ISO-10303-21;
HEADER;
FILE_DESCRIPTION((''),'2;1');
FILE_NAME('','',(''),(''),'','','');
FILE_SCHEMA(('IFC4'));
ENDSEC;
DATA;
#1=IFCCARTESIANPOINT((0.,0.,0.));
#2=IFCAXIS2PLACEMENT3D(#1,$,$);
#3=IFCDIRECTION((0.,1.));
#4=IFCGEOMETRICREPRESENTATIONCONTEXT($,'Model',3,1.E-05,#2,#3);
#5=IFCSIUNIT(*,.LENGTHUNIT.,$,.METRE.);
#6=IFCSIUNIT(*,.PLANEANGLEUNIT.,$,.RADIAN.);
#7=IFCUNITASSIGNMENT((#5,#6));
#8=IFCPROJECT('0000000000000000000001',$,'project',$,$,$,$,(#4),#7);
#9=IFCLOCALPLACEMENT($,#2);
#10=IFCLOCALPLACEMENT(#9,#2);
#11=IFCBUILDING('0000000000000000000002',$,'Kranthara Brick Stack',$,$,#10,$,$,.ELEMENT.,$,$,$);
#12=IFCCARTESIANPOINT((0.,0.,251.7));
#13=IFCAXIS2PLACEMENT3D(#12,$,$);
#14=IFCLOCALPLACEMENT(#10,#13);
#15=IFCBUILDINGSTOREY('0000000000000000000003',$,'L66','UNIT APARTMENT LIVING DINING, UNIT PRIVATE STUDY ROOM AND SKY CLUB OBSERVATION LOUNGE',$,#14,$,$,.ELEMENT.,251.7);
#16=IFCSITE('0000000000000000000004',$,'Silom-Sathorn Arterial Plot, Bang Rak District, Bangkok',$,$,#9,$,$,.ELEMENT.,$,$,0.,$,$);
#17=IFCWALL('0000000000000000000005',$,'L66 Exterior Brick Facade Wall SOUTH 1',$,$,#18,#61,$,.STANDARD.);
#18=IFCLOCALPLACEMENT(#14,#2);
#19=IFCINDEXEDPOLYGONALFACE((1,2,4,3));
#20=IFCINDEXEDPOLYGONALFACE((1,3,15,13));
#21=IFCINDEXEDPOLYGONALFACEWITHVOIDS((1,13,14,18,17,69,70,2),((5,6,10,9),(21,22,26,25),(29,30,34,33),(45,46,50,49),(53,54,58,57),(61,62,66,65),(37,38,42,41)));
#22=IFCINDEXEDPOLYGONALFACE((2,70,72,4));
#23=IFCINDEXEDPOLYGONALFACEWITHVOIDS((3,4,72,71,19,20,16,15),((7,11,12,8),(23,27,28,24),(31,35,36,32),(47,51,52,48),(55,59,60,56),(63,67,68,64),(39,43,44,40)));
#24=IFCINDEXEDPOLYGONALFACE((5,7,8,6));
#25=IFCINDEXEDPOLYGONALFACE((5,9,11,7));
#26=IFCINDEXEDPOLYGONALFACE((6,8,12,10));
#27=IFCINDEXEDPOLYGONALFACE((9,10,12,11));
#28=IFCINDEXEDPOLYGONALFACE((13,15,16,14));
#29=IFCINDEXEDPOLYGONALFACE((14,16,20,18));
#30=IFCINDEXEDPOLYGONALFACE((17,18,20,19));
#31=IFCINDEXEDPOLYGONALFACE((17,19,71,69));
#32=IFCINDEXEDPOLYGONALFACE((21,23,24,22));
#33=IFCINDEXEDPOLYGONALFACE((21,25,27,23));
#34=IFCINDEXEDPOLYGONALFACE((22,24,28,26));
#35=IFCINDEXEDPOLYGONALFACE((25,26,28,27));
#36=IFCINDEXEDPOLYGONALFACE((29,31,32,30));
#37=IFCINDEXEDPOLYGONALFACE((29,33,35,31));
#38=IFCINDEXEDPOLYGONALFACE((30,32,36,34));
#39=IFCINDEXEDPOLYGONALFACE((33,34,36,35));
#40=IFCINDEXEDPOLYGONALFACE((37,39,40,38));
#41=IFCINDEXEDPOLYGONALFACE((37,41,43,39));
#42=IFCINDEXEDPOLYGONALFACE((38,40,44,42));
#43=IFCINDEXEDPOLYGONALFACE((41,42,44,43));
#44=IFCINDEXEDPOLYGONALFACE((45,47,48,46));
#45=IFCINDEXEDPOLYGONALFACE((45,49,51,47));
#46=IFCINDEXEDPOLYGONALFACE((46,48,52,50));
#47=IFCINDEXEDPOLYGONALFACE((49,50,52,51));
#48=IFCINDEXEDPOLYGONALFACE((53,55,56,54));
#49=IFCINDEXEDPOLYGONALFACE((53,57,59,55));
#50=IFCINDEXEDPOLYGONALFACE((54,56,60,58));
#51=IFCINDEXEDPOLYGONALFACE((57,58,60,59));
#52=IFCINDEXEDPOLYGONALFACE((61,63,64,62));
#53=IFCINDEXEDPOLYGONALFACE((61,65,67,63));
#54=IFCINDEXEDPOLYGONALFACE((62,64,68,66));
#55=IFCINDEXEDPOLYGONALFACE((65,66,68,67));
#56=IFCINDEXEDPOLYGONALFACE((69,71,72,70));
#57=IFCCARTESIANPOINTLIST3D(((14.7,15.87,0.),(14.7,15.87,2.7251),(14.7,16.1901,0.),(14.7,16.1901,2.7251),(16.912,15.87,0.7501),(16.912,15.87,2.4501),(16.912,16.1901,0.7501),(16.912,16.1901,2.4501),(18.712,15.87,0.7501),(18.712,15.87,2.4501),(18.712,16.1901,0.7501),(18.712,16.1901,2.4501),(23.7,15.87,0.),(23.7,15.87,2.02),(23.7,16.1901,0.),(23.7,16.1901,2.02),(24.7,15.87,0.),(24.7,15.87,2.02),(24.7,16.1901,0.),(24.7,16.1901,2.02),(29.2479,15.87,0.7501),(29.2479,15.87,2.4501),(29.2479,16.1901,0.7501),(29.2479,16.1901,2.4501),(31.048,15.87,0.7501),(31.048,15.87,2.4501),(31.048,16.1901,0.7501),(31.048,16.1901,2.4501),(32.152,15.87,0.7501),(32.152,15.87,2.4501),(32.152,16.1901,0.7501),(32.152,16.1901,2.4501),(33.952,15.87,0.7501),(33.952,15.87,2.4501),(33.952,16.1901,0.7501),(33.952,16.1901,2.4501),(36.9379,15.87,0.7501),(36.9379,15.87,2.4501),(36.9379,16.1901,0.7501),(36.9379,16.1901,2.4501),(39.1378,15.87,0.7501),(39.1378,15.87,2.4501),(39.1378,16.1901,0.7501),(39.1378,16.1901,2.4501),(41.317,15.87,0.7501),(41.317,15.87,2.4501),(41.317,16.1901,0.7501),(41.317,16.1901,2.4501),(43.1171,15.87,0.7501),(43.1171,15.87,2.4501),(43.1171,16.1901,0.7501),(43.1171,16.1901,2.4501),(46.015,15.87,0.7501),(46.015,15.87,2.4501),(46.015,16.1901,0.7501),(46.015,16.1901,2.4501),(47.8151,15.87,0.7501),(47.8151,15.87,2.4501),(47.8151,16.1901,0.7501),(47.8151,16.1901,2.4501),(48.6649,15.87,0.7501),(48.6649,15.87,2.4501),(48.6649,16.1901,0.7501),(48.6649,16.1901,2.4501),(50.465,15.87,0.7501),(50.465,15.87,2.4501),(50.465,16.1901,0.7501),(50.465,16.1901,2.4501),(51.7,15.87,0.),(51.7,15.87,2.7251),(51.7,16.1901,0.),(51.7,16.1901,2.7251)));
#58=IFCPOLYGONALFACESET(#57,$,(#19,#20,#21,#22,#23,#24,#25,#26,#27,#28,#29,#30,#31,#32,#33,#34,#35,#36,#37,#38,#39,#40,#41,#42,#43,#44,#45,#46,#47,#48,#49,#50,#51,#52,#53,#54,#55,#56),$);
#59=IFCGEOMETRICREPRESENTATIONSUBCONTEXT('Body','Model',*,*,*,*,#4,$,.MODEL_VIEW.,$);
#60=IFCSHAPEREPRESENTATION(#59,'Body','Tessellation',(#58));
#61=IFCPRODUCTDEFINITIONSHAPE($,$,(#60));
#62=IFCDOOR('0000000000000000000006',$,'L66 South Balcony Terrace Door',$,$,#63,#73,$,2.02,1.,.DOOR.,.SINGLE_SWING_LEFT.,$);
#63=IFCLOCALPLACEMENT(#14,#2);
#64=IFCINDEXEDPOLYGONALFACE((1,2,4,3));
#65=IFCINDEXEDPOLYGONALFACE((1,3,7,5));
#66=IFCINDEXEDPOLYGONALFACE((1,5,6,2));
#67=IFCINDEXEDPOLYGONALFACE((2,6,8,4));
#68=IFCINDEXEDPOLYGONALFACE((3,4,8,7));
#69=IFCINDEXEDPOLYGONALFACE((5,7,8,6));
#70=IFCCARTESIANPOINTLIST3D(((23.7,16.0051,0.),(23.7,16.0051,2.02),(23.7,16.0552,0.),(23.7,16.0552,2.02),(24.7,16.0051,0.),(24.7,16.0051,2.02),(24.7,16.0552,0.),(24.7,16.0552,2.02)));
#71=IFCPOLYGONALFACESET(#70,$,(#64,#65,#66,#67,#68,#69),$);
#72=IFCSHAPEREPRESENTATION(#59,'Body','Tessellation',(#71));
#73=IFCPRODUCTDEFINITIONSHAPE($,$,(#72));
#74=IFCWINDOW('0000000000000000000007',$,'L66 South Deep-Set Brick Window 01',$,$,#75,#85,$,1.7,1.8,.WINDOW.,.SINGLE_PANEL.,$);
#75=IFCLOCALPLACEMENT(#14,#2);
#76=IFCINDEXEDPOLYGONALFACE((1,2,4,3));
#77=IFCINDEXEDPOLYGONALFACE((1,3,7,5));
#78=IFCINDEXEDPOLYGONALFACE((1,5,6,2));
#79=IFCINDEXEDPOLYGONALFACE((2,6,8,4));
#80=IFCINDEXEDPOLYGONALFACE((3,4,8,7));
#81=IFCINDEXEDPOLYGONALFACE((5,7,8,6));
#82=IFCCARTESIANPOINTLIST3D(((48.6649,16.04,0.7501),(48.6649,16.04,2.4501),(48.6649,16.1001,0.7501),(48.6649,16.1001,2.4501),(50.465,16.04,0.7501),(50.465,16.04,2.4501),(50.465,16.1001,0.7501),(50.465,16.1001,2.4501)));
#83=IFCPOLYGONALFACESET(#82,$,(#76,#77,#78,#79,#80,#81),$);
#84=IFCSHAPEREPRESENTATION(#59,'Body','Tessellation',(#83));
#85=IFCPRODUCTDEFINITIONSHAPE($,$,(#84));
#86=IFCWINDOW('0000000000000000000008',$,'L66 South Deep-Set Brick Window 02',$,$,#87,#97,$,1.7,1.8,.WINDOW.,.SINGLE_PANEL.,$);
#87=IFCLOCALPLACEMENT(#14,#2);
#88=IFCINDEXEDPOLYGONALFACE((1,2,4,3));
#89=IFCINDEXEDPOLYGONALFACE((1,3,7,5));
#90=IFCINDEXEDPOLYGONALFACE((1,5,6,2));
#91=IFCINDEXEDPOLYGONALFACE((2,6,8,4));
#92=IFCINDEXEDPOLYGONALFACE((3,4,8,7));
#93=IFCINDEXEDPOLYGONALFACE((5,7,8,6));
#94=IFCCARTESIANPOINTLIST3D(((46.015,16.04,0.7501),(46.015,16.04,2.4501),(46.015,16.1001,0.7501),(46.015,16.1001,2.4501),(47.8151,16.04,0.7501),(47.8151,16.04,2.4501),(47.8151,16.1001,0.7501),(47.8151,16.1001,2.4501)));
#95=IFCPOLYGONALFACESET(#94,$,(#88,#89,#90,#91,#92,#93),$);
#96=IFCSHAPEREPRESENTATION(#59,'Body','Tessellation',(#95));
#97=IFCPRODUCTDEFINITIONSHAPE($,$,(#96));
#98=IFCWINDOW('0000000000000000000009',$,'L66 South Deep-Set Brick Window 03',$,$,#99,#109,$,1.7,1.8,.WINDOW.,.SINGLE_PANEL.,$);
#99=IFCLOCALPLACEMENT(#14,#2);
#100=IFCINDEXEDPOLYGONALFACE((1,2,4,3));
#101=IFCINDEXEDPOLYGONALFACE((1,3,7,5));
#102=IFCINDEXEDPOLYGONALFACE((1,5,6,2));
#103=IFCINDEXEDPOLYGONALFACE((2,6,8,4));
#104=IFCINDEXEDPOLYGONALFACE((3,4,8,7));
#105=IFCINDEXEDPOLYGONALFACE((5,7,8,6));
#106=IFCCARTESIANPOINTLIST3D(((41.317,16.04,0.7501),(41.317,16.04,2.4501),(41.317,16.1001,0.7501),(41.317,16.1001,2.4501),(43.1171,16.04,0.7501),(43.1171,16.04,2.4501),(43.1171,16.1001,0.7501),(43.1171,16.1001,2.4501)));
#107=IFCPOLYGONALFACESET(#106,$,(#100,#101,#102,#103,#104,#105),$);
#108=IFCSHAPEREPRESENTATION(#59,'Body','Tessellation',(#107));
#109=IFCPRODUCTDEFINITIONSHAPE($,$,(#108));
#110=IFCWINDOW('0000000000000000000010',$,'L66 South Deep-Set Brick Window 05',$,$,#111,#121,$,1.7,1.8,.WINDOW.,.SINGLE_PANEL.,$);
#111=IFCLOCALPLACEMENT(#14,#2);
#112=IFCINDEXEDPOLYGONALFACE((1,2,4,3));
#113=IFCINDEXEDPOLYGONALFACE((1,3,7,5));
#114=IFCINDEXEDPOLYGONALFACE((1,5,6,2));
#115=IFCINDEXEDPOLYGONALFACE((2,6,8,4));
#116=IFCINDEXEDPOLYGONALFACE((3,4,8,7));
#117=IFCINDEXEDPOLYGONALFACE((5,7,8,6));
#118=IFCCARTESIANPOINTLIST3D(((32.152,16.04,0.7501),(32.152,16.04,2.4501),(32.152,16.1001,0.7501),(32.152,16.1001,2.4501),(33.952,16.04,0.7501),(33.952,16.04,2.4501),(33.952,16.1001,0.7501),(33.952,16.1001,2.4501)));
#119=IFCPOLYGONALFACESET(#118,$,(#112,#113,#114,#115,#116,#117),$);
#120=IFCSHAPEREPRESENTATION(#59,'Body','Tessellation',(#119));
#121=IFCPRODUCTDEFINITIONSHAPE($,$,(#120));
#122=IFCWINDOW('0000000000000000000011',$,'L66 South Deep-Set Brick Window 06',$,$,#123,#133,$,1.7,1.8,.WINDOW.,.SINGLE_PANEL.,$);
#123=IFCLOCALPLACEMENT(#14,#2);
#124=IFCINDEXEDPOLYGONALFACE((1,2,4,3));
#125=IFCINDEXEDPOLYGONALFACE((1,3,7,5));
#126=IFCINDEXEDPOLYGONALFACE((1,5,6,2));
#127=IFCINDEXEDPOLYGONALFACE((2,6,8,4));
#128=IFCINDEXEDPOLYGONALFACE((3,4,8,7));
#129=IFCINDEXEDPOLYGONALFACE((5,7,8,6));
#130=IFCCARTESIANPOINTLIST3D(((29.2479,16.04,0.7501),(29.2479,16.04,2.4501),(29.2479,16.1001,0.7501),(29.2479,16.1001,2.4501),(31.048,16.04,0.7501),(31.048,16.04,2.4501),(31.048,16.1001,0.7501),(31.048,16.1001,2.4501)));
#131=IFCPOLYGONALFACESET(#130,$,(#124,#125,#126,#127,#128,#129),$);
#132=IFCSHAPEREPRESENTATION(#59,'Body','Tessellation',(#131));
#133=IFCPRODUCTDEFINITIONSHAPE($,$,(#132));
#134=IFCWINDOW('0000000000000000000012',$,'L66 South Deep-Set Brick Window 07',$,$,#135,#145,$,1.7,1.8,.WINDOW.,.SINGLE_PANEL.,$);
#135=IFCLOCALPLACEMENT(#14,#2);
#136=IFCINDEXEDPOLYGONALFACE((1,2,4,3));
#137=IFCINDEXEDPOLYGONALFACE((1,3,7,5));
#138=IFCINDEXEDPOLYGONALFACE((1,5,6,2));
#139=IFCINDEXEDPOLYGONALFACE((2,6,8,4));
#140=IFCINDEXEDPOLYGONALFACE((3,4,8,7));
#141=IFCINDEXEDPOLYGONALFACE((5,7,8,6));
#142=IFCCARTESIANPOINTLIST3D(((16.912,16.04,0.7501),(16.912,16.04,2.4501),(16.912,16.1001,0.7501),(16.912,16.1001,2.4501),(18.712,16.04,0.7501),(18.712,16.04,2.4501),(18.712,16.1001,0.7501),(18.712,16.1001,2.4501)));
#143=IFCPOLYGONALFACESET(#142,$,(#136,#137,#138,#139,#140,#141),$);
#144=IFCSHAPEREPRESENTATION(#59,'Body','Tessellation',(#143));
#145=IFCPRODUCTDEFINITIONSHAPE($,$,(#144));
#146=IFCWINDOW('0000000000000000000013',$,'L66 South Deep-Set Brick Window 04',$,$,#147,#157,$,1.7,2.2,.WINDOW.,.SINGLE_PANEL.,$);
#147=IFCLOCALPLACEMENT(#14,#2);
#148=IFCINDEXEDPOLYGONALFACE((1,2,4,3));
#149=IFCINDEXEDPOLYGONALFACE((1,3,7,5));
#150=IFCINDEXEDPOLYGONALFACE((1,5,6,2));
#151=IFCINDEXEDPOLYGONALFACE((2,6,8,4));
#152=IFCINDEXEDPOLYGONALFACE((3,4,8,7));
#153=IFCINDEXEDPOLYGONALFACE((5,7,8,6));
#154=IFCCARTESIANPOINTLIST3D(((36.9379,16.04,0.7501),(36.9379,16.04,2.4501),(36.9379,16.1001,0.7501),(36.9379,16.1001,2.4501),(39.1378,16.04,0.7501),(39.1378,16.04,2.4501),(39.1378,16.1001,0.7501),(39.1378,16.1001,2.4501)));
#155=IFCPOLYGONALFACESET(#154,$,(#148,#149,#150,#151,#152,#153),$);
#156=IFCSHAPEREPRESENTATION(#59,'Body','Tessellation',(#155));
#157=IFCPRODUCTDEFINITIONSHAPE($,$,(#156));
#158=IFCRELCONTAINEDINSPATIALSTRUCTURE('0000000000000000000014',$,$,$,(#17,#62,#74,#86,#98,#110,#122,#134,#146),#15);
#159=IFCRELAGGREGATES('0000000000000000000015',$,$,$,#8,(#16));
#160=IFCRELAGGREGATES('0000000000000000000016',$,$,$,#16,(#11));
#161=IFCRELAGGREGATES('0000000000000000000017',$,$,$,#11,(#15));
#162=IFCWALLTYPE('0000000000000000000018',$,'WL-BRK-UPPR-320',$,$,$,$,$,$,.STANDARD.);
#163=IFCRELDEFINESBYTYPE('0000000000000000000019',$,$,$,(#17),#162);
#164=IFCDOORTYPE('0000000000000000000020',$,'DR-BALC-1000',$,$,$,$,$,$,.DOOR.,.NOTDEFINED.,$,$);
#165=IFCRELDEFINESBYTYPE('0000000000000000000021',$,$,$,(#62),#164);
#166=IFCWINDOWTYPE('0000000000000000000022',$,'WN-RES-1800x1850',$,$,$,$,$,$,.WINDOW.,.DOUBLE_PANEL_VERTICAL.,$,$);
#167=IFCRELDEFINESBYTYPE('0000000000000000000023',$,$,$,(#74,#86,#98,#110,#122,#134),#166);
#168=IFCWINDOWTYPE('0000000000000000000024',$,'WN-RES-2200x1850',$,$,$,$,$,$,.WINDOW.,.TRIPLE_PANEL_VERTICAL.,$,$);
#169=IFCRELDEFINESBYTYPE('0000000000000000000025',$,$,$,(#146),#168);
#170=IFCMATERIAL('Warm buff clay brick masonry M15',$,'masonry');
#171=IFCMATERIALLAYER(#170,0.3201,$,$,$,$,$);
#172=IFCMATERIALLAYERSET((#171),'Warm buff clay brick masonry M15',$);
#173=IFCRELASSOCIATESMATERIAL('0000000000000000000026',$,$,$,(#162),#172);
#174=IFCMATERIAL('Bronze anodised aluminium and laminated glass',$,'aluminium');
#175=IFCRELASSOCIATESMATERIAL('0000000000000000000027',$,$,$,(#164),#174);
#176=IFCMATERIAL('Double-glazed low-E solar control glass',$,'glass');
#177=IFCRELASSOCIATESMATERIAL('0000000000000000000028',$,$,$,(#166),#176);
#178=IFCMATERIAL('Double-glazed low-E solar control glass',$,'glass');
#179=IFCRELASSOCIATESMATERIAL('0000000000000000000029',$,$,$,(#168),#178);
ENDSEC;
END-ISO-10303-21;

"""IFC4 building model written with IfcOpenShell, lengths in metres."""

from ifc_helpers import new_model, si_unit, direction, frame, frame_2d, origin, place, context, subcontext, project, spatial, rectangle, extrude, material, layer, layer_set, type_object, element, fill, save


model = new_model("IFC4")

# Units and contexts
model_context = context("Model", 3, precision=1e-05, world=origin(), true_north=direction((0.0, 1.0)))
body_context = subcontext(model_context, "Body", "Model", "MODEL_VIEW")
ifc_project = project(units=[si_unit("LENGTHUNIT", "METRE"), si_unit("PLANEANGLEUNIT", "RADIAN")], contexts=[model_context])

# Site, building, storey
site_placement = place(None, origin())
site = spatial("IfcSite", under=ifc_project, at=site_placement, Name="Silom-Sathorn Arterial Plot, Bang Rak District, Bangkok", CompositionType="ELEMENT", RefElevation=0.0)
building_placement = place(site_placement, origin())
building = spatial("IfcBuilding", under=site, at=building_placement, Name="Kranthara Brick Stack", CompositionType="ELEMENT")
storey_placement = place(building_placement, frame((0.0, 0.0, 251.7)))
storey = spatial("IfcBuildingStorey", under=building, at=storey_placement, Name="L66", Description="UNIT APARTMENT LIVING DINING, UNIT PRIVATE STUDY ROOM AND SKY CLUB OBSERVATION LOUNGE", CompositionType="ELEMENT", Elevation=251.7)

# Wall, openings, door, windows
ifc_material_1 = material(Name="Warm buff clay brick masonry M15", Category="masonry")
ifc_layer_1 = layer(ifc_material_1, 0.3201)
ifc_layer_set_1 = layer_set([ifc_layer_1], Name="Warm buff clay brick masonry M15")
wall_type_1 = type_object("IfcWallType", Name="WL-BRK-UPPR-320", PredefinedType="STANDARD", material=ifc_layer_set_1)
wall_1_placement = place(storey_placement, frame((51.7, 16.03, 0.0), z_axis=(0.0, 0.0, 1.0), x_axis=(-1.0, 0.0, 0.0)))
wall_1 = element("IfcWall", 1, at=wall_1_placement, inside=storey, type_object=wall_type_1, Name="L66 Exterior Brick Facade Wall SOUTH 1", PredefinedType="STANDARD", context=body_context, shape_type="SweptSolid", body=[
    extrude(rectangle(XDim=37.0, YDim=0.3201, at=frame_2d((18.5, 0.0))), origin(), (0.0, 0.0, 1.0), 2.7251),
])
opening_1_placement = place(wall_1_placement, frame((27.0, 0.0, 0.0)))
opening_1 = element("IfcOpeningElement", 2, at=opening_1_placement, cuts=wall_1, PredefinedType="OPENING", context=body_context, shape_type="SweptSolid", body=[
    extrude(rectangle(XDim=1.0, YDim=2.02, at=frame_2d((0.5, 1.01))), frame((0.0, 0.1699, 0.0), z_axis=(0.0, -1.0, 0.0), x_axis=(1.0, 0.0, 0.0)), (0.0, 0.0, 1.0), 0.3401),
])
opening_2_placement = place(wall_1_placement, frame((1.2351, 0.0, 0.75)))
opening_2 = element("IfcOpeningElement", 3, at=opening_2_placement, cuts=wall_1, PredefinedType="OPENING", context=body_context, shape_type="SweptSolid", body=[
    extrude(rectangle(XDim=1.8, YDim=1.7, at=frame_2d((0.8999, 0.8501))), frame((0.0, 0.1699, 0.0), z_axis=(0.0, -1.0, 0.0), x_axis=(1.0, 0.0, 0.0)), (0.0, 0.0, 1.0), 0.3401),
])
opening_3_placement = place(wall_1_placement, frame((3.885, 0.0, 0.75)))
opening_3 = element("IfcOpeningElement", 4, at=opening_3_placement, cuts=wall_1, PredefinedType="OPENING", context=body_context, shape_type="SweptSolid", body=[
    extrude(rectangle(XDim=1.8, YDim=1.7, at=frame_2d((0.8999, 0.8501))), frame((0.0, 0.1699, 0.0), z_axis=(0.0, -1.0, 0.0), x_axis=(1.0, 0.0, 0.0)), (0.0, 0.0, 1.0), 0.3401),
])
opening_4_placement = place(wall_1_placement, frame((8.583, 0.0, 0.75)))
opening_4 = element("IfcOpeningElement", 5, at=opening_4_placement, cuts=wall_1, PredefinedType="OPENING", context=body_context, shape_type="SweptSolid", body=[
    extrude(rectangle(XDim=1.8, YDim=1.7, at=frame_2d((0.8999, 0.8501))), frame((0.0, 0.1699, 0.0), z_axis=(0.0, -1.0, 0.0), x_axis=(1.0, 0.0, 0.0)), (0.0, 0.0, 1.0), 0.3401),
])
opening_5_placement = place(wall_1_placement, frame((12.562, 0.0, 0.75)))
opening_5 = element("IfcOpeningElement", 6, at=opening_5_placement, cuts=wall_1, PredefinedType="OPENING", context=body_context, shape_type="SweptSolid", body=[
    extrude(rectangle(XDim=2.2, YDim=1.7, at=frame_2d((1.1001, 0.8501))), frame((0.0, 0.1699, 0.0), z_axis=(0.0, -1.0, 0.0), x_axis=(1.0, 0.0, 0.0)), (0.0, 0.0, 1.0), 0.3401),
])
opening_6_placement = place(wall_1_placement, frame((17.748, 0.0, 0.75)))
opening_6 = element("IfcOpeningElement", 7, at=opening_6_placement, cuts=wall_1, PredefinedType="OPENING", context=body_context, shape_type="SweptSolid", body=[
    extrude(rectangle(XDim=1.8, YDim=1.7, at=frame_2d((0.8999, 0.8501))), frame((0.0, 0.1699, 0.0), z_axis=(0.0, -1.0, 0.0), x_axis=(1.0, 0.0, 0.0)), (0.0, 0.0, 1.0), 0.3401),
])
opening_7_placement = place(wall_1_placement, frame((20.6521, 0.0, 0.75)))
opening_7 = element("IfcOpeningElement", 8, at=opening_7_placement, cuts=wall_1, PredefinedType="OPENING", context=body_context, shape_type="SweptSolid", body=[
    extrude(rectangle(XDim=1.8, YDim=1.7, at=frame_2d((0.8999, 0.8501))), frame((0.0, 0.1699, 0.0), z_axis=(0.0, -1.0, 0.0), x_axis=(1.0, 0.0, 0.0)), (0.0, 0.0, 1.0), 0.3401),
])
opening_8_placement = place(wall_1_placement, frame((32.988, 0.0, 0.75)))
opening_8 = element("IfcOpeningElement", 9, at=opening_8_placement, cuts=wall_1, PredefinedType="OPENING", context=body_context, shape_type="SweptSolid", body=[
    extrude(rectangle(XDim=1.8, YDim=1.7, at=frame_2d((0.8999, 0.8501))), frame((0.0, 0.1699, 0.0), z_axis=(0.0, -1.0, 0.0), x_axis=(1.0, 0.0, 0.0)), (0.0, 0.0, 1.0), 0.3401),
])
ifc_material_2 = material(Name="Bronze anodised aluminium and laminated glass", Category="aluminium")
door_type_1 = type_object("IfcDoorType", Name="DR-BALC-1000", OperationType="NOTDEFINED", PredefinedType="DOOR", material=ifc_material_2)
door_1_placement = place(opening_1_placement, origin())
door_1 = element("IfcDoor", 10, at=door_1_placement, inside=storey, type_object=door_type_1, Name="L66 South Balcony Terrace Door", OperationType="SINGLE_SWING_LEFT", OverallHeight=2.02, OverallWidth=1.0, PredefinedType="DOOR", context=body_context, shape_type="SweptSolid", body=[
    extrude(rectangle(XDim=1.0, YDim=2.02, at=frame_2d((0.5, 1.01))), frame((0.0, 0.0249, 0.0), z_axis=(0.0, -1.0, 0.0), x_axis=(1.0, 0.0, 0.0)), (0.0, 0.0, 1.0), 0.05),
])
fill(opening_1, door_1)
ifc_material_3 = material(Name="Double-glazed low-E solar control glass", Category="glass")
window_type_1 = type_object("IfcWindowType", Name="WN-RES-1800x1850", PartitioningType="DOUBLE_PANEL_VERTICAL", PredefinedType="WINDOW", material=ifc_material_3)
window_1_placement = place(opening_2_placement, origin())
window_1 = element("IfcWindow", 11, at=window_1_placement, inside=storey, type_object=window_type_1, Name="L66 South Deep-Set Brick Window 01", OverallHeight=1.7, OverallWidth=1.8, PartitioningType="SINGLE_PANEL", PredefinedType="WINDOW", context=body_context, shape_type="SweptSolid", body=[
    extrude(rectangle(XDim=1.8, YDim=1.7, at=frame_2d((0.8999, 0.8501))), frame((0.0, -0.01, 0.0), z_axis=(0.0, -1.0, 0.0), x_axis=(1.0, 0.0, 0.0)), (0.0, 0.0, 1.0), 0.0601),
])
fill(opening_2, window_1)
window_2_placement = place(opening_3_placement, origin())
window_2 = element("IfcWindow", 12, at=window_2_placement, inside=storey, type_object=window_type_1, Name="L66 South Deep-Set Brick Window 02", OverallHeight=1.7, OverallWidth=1.8, PartitioningType="SINGLE_PANEL", PredefinedType="WINDOW", context=body_context, shape_type="SweptSolid", body=[
    extrude(rectangle(XDim=1.8, YDim=1.7, at=frame_2d((0.8999, 0.8501))), frame((0.0, -0.01, 0.0), z_axis=(0.0, -1.0, 0.0), x_axis=(1.0, 0.0, 0.0)), (0.0, 0.0, 1.0), 0.0601),
])
fill(opening_3, window_2)
window_3_placement = place(opening_4_placement, origin())
window_3 = element("IfcWindow", 13, at=window_3_placement, inside=storey, type_object=window_type_1, Name="L66 South Deep-Set Brick Window 03", OverallHeight=1.7, OverallWidth=1.8, PartitioningType="SINGLE_PANEL", PredefinedType="WINDOW", context=body_context, shape_type="SweptSolid", body=[
    extrude(rectangle(XDim=1.8, YDim=1.7, at=frame_2d((0.8999, 0.8501))), frame((0.0, -0.01, 0.0), z_axis=(0.0, -1.0, 0.0), x_axis=(1.0, 0.0, 0.0)), (0.0, 0.0, 1.0), 0.0601),
])
fill(opening_4, window_3)
window_4_placement = place(opening_6_placement, origin())
window_4 = element("IfcWindow", 14, at=window_4_placement, inside=storey, type_object=window_type_1, Name="L66 South Deep-Set Brick Window 05", OverallHeight=1.7, OverallWidth=1.8, PartitioningType="SINGLE_PANEL", PredefinedType="WINDOW", context=body_context, shape_type="SweptSolid", body=[
    extrude(rectangle(XDim=1.8, YDim=1.7, at=frame_2d((0.8999, 0.8501))), frame((0.0, -0.01, 0.0), z_axis=(0.0, -1.0, 0.0), x_axis=(1.0, 0.0, 0.0)), (0.0, 0.0, 1.0), 0.0601),
])
fill(opening_6, window_4)
window_5_placement = place(opening_7_placement, origin())
window_5 = element("IfcWindow", 15, at=window_5_placement, inside=storey, type_object=window_type_1, Name="L66 South Deep-Set Brick Window 06", OverallHeight=1.7, OverallWidth=1.8, PartitioningType="SINGLE_PANEL", PredefinedType="WINDOW", context=body_context, shape_type="SweptSolid", body=[
    extrude(rectangle(XDim=1.8, YDim=1.7, at=frame_2d((0.8999, 0.8501))), frame((0.0, -0.01, 0.0), z_axis=(0.0, -1.0, 0.0), x_axis=(1.0, 0.0, 0.0)), (0.0, 0.0, 1.0), 0.0601),
])
fill(opening_7, window_5)
window_6_placement = place(opening_8_placement, origin())
window_6 = element("IfcWindow", 16, at=window_6_placement, inside=storey, type_object=window_type_1, Name="L66 South Deep-Set Brick Window 07", OverallHeight=1.7, OverallWidth=1.8, PartitioningType="SINGLE_PANEL", PredefinedType="WINDOW", context=body_context, shape_type="SweptSolid", body=[
    extrude(rectangle(XDim=1.8, YDim=1.7, at=frame_2d((0.8999, 0.8501))), frame((0.0, -0.01, 0.0), z_axis=(0.0, -1.0, 0.0), x_axis=(1.0, 0.0, 0.0)), (0.0, 0.0, 1.0), 0.0601),
])
fill(opening_8, window_6)
ifc_material_4 = material(Name="Double-glazed low-E solar control glass", Category="glass")
window_type_2 = type_object("IfcWindowType", Name="WN-RES-2200x1850", PartitioningType="TRIPLE_PANEL_VERTICAL", PredefinedType="WINDOW", material=ifc_material_4)
window_7_placement = place(opening_5_placement, origin())
window_7 = element("IfcWindow", 17, at=window_7_placement, inside=storey, type_object=window_type_2, Name="L66 South Deep-Set Brick Window 04", OverallHeight=1.7, OverallWidth=2.2, PartitioningType="SINGLE_PANEL", PredefinedType="WINDOW", context=body_context, shape_type="SweptSolid", body=[
    extrude(rectangle(XDim=2.2, YDim=1.7, at=frame_2d((1.1001, 0.8501))), frame((0.0, -0.01, 0.0), z_axis=(0.0, -1.0, 0.0), x_axis=(1.0, 0.0, 0.0)), (0.0, 0.0, 1.0), 0.0601),
])
fill(opening_5, window_7)

save(model, "model.ifc")
